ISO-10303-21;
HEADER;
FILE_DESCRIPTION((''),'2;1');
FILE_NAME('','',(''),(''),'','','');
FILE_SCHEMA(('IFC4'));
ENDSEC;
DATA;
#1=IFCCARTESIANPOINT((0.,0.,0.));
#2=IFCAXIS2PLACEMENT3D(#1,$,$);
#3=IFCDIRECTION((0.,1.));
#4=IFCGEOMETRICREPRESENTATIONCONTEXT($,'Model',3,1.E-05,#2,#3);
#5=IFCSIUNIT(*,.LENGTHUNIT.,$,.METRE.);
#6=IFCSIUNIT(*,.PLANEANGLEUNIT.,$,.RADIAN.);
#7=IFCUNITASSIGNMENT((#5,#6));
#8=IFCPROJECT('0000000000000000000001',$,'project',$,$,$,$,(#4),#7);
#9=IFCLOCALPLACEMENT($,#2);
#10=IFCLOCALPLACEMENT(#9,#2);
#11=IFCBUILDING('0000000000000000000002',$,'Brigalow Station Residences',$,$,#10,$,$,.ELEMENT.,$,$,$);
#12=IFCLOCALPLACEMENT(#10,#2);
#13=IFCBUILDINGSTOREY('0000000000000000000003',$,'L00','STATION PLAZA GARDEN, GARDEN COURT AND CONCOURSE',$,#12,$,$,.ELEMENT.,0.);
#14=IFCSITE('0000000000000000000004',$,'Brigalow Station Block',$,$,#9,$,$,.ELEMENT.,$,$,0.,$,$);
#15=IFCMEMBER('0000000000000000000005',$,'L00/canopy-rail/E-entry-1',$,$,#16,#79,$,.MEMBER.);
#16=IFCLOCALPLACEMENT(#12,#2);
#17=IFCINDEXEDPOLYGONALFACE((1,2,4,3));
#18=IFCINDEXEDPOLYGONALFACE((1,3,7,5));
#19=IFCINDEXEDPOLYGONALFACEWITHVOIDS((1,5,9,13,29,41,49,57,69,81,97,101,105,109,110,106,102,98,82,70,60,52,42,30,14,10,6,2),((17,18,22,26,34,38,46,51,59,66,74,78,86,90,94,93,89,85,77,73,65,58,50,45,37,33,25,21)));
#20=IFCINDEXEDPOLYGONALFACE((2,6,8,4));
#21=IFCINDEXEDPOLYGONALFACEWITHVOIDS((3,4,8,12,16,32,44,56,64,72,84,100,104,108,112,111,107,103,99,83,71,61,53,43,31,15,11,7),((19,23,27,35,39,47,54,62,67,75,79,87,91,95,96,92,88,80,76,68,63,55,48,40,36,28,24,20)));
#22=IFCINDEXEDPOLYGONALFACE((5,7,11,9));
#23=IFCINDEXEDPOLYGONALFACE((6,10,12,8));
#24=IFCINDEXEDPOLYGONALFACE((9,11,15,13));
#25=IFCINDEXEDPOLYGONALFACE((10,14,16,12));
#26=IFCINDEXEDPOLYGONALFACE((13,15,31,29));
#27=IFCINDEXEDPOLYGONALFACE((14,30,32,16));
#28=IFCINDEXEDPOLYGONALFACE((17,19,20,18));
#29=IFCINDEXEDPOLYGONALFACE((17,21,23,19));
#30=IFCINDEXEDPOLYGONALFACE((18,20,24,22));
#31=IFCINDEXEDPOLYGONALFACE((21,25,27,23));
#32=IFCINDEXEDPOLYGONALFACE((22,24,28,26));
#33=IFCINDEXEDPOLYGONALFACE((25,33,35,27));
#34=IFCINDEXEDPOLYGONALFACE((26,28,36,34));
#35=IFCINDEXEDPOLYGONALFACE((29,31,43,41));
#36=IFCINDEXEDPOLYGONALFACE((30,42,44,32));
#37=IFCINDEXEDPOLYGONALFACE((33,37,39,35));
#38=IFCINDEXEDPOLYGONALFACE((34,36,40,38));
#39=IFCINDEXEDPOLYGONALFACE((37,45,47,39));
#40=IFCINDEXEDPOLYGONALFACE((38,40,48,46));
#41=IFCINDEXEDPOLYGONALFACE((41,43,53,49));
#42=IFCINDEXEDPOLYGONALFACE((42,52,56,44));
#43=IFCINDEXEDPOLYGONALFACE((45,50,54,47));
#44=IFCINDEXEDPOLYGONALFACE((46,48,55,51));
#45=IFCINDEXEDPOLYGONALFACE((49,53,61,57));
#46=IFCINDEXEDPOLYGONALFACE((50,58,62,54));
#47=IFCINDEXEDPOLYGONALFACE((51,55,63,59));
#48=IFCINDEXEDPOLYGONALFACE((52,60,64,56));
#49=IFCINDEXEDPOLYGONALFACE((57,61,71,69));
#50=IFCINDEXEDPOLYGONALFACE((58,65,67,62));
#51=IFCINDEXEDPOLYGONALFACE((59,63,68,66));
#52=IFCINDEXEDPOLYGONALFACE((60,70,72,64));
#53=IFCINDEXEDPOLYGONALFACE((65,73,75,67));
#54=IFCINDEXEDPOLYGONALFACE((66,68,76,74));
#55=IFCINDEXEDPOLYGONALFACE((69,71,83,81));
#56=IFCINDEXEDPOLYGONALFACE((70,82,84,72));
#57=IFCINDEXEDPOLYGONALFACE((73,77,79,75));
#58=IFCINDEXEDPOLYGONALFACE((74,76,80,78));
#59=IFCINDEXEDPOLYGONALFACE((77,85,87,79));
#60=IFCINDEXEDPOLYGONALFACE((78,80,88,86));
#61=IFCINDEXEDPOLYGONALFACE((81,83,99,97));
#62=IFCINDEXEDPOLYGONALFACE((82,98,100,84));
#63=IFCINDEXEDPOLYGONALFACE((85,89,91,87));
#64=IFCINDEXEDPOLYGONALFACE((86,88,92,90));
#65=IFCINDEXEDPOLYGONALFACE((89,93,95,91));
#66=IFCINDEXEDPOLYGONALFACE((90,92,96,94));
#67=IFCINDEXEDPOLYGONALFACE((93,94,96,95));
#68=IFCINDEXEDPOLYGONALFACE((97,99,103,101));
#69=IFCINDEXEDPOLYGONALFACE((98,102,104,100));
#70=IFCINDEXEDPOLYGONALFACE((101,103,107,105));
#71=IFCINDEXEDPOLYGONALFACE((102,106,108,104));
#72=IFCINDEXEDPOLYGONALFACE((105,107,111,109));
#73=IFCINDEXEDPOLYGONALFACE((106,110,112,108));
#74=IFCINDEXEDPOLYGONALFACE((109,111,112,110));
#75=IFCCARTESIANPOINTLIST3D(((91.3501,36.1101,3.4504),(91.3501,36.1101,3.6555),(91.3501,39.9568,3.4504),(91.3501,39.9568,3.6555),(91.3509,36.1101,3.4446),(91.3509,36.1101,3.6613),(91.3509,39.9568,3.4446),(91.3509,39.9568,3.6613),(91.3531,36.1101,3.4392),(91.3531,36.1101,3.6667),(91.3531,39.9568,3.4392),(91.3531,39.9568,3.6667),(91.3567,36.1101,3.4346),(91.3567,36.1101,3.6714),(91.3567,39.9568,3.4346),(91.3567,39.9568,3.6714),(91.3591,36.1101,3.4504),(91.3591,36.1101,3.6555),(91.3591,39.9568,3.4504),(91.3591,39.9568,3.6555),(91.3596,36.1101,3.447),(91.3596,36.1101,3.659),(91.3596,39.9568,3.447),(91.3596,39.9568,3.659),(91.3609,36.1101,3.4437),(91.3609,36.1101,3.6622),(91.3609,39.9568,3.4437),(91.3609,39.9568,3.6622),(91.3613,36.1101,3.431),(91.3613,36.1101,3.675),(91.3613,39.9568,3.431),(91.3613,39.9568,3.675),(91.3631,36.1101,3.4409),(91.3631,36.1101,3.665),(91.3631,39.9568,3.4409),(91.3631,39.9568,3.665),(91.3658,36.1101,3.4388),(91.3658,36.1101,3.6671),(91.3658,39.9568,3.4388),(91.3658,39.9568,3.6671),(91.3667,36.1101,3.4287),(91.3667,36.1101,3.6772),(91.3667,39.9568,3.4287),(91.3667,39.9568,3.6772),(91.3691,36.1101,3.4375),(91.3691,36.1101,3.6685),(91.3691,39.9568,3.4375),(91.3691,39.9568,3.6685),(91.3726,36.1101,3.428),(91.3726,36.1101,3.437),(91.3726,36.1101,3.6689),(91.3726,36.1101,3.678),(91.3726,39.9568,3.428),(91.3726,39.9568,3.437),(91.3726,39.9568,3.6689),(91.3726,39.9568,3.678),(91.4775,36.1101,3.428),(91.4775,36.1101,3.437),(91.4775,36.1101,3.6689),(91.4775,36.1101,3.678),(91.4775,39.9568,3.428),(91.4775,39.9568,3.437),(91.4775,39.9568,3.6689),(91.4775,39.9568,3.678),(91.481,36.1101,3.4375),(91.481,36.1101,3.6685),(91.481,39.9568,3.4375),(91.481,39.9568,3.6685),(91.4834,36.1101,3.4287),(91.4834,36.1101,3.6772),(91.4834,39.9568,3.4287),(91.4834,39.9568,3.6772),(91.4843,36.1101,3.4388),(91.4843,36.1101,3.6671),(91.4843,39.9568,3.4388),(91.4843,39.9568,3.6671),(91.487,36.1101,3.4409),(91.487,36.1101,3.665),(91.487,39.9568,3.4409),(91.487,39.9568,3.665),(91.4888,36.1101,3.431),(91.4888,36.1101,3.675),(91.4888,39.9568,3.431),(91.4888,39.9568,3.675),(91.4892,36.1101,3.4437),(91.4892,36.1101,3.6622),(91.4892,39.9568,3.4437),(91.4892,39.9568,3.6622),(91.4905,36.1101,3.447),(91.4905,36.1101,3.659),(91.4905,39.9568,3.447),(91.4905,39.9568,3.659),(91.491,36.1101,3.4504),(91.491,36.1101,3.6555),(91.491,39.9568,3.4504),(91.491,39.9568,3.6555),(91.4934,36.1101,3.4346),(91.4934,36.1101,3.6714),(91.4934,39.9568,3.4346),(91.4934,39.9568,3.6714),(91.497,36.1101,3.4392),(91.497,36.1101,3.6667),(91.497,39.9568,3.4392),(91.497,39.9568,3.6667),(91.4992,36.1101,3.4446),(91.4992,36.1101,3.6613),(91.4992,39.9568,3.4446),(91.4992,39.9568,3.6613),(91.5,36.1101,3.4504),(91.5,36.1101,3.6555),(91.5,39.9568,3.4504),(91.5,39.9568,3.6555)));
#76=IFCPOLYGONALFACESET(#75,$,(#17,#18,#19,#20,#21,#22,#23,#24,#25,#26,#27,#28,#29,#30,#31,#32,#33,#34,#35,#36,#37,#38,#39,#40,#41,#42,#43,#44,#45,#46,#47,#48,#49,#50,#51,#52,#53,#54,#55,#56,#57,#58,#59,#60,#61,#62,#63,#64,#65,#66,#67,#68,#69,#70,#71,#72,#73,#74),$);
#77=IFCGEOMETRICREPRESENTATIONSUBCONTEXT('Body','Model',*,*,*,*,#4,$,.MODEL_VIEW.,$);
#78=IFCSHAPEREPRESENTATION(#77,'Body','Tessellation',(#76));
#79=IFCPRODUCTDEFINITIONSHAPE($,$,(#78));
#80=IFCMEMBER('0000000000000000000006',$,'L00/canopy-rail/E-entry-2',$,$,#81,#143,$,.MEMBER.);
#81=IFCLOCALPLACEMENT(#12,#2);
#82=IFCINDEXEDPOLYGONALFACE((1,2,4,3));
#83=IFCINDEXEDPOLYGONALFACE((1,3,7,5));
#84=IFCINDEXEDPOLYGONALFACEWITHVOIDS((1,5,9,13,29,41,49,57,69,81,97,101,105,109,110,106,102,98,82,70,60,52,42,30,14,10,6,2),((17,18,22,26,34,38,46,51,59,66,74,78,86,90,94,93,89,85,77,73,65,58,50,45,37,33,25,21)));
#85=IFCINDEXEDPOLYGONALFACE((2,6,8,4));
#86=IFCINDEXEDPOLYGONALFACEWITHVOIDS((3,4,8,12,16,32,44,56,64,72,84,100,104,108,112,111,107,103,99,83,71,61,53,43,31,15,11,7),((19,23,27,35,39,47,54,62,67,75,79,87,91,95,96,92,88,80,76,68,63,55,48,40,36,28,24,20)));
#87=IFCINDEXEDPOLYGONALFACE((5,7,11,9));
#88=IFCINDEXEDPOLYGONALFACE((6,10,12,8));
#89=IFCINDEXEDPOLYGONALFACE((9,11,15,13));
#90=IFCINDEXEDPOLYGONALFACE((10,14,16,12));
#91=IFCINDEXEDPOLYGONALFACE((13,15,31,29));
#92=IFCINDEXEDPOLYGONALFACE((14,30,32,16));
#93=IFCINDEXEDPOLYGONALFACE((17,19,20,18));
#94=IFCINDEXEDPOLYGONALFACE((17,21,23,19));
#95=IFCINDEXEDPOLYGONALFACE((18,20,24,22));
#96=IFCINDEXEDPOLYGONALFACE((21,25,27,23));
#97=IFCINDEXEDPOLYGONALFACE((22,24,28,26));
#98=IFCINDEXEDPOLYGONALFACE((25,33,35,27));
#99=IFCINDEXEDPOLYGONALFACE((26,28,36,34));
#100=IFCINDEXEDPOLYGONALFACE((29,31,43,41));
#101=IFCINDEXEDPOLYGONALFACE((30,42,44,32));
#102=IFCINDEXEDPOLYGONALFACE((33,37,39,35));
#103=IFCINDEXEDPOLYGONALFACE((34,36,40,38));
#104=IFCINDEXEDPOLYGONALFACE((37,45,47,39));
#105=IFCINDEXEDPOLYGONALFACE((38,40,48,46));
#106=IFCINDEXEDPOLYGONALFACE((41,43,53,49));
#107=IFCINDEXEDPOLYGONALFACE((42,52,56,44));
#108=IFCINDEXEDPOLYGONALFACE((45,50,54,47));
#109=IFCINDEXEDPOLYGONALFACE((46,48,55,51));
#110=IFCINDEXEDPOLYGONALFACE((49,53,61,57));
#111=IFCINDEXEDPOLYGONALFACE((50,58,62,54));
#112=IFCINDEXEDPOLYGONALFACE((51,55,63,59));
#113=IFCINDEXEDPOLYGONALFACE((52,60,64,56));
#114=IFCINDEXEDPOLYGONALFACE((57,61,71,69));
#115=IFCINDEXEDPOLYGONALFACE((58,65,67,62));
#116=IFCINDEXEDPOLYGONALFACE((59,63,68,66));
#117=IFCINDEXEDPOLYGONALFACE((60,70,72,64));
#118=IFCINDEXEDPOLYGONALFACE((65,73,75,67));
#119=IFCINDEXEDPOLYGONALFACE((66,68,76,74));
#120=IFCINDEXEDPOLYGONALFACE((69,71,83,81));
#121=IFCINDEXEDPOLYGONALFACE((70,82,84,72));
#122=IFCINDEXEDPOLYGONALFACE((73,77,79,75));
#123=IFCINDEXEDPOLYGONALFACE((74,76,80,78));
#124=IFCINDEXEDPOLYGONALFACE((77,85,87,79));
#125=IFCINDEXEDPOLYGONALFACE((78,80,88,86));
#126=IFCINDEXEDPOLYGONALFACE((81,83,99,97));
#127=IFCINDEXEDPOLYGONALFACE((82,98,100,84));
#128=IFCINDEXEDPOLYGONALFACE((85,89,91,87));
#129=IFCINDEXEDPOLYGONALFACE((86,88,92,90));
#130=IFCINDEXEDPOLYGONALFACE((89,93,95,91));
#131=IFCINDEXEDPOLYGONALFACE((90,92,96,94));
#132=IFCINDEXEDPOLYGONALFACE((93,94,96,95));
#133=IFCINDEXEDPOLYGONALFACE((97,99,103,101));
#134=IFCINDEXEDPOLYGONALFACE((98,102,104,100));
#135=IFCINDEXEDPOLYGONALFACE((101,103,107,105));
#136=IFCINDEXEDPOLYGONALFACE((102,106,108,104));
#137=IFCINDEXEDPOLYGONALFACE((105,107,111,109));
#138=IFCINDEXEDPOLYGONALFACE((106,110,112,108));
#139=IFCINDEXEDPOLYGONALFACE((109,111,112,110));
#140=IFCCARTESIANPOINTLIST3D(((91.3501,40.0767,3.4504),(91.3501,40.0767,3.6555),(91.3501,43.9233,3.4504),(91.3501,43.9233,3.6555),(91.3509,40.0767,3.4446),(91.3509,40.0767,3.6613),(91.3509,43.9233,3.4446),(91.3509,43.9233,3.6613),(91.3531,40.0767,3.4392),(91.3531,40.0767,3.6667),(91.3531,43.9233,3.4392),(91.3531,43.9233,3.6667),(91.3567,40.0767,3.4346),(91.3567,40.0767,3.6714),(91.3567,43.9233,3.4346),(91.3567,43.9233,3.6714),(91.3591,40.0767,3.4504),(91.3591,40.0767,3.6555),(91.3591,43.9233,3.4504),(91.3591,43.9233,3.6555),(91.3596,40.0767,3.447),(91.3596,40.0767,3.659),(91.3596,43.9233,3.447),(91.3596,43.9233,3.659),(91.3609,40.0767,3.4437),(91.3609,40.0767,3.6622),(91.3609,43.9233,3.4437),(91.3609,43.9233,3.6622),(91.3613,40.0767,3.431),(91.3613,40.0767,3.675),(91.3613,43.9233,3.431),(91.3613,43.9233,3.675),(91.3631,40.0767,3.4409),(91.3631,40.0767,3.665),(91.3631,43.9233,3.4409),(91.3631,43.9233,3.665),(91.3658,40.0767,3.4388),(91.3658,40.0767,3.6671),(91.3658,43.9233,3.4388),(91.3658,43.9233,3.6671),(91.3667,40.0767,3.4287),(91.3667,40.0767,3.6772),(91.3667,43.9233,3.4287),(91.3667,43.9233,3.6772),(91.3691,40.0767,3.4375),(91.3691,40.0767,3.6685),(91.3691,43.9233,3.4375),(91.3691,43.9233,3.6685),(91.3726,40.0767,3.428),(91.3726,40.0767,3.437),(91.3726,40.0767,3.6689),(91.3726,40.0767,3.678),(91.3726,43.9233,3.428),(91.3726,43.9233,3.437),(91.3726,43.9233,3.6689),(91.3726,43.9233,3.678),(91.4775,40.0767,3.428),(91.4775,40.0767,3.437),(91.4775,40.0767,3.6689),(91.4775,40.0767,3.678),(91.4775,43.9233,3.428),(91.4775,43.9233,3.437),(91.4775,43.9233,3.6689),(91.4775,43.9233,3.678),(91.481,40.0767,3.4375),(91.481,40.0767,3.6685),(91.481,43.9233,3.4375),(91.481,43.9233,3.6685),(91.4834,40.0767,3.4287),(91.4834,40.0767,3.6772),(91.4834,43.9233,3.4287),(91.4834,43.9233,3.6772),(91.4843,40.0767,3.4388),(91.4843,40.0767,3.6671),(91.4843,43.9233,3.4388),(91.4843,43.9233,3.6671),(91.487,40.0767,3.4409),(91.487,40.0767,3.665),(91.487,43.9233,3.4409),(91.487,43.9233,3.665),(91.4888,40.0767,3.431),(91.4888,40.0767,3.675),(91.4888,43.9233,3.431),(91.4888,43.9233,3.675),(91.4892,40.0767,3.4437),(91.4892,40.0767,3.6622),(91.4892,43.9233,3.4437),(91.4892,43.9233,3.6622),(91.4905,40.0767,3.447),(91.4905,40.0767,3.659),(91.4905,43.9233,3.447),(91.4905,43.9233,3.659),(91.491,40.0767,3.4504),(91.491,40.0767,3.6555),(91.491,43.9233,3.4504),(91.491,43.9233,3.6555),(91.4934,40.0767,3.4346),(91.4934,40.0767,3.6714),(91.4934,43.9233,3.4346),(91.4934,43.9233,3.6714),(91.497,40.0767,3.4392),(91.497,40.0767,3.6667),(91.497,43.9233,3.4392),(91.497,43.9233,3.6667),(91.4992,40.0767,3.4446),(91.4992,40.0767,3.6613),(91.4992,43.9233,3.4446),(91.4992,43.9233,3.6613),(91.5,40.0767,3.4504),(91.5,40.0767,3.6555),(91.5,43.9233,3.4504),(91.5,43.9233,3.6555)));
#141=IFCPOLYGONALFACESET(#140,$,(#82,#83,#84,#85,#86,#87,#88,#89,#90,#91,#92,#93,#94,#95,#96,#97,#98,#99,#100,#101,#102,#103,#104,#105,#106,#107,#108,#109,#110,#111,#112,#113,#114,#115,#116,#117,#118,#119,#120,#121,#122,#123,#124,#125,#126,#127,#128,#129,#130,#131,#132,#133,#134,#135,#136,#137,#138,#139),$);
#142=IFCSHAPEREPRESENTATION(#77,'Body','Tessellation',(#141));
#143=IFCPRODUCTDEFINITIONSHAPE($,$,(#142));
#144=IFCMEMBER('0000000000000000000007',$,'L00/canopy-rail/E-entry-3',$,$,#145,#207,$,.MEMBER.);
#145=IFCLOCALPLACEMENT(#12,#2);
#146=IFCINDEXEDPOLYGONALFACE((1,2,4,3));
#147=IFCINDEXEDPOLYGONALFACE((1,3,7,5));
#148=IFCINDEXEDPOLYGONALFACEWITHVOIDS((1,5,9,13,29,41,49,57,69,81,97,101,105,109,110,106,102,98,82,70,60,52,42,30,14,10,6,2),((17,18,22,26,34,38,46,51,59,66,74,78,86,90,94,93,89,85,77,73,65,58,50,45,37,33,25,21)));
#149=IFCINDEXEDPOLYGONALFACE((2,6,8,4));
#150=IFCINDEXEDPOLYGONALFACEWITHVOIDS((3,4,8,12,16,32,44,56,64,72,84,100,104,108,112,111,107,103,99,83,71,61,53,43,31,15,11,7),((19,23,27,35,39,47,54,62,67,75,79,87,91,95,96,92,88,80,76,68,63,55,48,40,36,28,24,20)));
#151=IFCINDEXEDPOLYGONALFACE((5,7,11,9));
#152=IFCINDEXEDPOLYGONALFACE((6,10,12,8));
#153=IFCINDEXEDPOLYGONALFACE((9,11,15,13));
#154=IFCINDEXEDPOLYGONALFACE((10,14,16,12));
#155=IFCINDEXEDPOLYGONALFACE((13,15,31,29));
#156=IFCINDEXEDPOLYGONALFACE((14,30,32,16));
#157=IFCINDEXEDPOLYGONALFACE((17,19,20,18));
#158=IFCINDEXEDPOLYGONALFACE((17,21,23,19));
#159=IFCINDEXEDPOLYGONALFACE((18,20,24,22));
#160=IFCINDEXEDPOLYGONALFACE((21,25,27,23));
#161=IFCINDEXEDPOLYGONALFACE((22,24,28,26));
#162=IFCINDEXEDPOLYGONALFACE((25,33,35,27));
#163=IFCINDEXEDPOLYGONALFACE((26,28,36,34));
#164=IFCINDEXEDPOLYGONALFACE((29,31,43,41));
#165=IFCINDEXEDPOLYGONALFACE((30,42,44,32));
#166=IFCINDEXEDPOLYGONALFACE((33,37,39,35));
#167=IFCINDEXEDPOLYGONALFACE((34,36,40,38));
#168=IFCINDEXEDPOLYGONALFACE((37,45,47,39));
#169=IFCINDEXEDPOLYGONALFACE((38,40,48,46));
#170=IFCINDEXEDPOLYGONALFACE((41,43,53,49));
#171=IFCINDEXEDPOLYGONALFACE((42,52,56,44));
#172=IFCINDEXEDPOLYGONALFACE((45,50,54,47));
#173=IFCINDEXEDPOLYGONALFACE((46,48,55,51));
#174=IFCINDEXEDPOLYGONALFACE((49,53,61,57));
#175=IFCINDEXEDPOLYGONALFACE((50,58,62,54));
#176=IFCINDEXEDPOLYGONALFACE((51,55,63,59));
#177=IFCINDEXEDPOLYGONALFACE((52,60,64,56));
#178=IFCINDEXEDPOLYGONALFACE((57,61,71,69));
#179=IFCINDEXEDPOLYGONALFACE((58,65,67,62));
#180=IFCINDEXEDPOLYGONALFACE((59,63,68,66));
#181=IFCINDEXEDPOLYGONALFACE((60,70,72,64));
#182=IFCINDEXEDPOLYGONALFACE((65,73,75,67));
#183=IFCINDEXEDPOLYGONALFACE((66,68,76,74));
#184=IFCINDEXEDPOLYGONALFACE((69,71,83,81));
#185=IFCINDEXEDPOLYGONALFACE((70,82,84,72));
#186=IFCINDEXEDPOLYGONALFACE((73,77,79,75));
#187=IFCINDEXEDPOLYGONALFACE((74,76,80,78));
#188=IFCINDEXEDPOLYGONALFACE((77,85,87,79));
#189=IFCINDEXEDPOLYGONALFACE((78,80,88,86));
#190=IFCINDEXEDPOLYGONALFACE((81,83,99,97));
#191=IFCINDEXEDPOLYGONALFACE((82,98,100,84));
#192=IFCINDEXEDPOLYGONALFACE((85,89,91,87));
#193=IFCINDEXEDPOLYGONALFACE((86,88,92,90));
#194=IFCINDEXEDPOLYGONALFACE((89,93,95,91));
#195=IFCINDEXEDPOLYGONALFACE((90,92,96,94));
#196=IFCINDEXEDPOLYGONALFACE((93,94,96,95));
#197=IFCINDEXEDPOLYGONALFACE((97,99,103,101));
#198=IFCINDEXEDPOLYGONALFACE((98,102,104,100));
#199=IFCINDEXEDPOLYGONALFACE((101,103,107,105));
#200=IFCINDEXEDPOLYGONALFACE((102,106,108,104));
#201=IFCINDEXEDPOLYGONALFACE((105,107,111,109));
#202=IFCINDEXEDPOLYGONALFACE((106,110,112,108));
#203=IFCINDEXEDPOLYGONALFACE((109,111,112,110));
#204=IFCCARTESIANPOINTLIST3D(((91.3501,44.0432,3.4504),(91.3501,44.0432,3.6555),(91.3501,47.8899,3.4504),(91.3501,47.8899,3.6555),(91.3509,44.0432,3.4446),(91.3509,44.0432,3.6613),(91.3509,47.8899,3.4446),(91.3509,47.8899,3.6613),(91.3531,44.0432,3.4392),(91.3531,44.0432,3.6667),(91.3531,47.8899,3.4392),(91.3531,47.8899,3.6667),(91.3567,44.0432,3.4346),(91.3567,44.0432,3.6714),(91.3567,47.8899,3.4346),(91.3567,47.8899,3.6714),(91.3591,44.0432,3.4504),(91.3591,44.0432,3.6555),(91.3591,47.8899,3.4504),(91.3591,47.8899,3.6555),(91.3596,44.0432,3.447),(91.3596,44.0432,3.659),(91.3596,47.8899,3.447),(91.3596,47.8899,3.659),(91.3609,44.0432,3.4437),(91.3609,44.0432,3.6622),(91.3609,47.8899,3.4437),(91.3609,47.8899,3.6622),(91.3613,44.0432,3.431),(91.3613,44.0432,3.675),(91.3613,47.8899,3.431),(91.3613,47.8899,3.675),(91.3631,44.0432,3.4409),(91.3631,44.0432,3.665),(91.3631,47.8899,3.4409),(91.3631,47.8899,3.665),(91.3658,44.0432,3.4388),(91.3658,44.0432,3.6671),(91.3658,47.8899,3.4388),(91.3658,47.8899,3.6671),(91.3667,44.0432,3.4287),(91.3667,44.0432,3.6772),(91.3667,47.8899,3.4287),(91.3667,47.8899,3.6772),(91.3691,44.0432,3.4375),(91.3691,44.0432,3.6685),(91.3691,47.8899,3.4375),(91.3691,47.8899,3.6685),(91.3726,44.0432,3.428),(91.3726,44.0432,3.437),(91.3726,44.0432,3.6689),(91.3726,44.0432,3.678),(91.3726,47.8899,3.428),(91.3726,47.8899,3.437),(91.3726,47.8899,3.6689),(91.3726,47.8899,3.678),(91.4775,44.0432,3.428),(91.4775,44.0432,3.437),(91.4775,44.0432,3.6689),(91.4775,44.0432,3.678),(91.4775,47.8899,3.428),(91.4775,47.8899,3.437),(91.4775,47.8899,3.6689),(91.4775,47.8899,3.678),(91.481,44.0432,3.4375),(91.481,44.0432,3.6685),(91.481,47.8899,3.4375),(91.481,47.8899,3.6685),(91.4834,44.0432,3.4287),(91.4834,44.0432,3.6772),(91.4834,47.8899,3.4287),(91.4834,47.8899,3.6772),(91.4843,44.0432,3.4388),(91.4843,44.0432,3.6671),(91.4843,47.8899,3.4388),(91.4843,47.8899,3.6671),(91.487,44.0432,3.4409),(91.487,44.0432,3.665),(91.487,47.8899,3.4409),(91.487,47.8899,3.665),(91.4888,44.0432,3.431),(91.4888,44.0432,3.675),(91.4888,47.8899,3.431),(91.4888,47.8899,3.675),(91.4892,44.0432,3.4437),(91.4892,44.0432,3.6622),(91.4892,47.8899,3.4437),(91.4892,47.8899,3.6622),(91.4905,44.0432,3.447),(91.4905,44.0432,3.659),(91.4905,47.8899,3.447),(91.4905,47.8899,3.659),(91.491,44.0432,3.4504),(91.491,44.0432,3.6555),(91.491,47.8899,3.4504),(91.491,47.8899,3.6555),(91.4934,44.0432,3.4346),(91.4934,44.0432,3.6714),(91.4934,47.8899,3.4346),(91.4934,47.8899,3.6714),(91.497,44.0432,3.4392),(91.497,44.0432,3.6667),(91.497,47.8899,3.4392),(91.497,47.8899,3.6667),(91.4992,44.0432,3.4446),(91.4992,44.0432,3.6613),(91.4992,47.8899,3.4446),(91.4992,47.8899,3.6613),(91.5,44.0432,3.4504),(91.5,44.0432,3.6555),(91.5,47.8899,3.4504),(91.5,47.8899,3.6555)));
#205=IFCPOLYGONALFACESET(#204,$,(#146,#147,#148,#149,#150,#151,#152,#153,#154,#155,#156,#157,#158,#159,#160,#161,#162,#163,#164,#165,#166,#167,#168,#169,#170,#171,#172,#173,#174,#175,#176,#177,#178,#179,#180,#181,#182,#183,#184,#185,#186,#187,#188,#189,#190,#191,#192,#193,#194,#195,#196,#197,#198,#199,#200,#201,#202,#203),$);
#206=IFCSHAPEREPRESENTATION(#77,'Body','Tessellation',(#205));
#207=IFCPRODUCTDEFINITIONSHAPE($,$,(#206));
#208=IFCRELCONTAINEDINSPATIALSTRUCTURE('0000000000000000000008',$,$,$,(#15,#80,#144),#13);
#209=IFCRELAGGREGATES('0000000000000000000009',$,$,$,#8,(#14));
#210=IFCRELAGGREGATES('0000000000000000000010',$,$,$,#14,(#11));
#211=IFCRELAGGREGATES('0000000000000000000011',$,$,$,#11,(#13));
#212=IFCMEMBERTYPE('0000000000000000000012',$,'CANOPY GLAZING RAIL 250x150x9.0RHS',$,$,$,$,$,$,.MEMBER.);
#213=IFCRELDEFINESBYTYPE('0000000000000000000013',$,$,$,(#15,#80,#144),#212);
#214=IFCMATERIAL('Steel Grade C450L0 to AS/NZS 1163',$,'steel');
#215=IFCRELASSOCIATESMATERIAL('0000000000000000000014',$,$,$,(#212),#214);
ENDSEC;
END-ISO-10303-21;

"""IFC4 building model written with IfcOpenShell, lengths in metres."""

from ifc_helpers import new_model, si_unit, direction, frame, origin, origin_2d, place, context, subcontext, project, spatial, hollow_rectangle, extrude, material, material_profile, profile_set, type_object, element, save


model = new_model("IFC4")

# Units and contexts
model_context = context("Model", 3, precision=1e-05, world=origin(), true_north=direction((0.0, 1.0)))
body_context = subcontext(model_context, "Body", "Model", "MODEL_VIEW")
ifc_project = project(units=[si_unit("LENGTHUNIT", "METRE"), si_unit("PLANEANGLEUNIT", "RADIAN")], contexts=[model_context])

# Site, building, storey
site_placement = place(None, origin())
site = spatial("IfcSite", under=ifc_project, at=site_placement, Name="Brigalow Station Block", CompositionType="ELEMENT", RefElevation=0.0)
building_placement = place(site_placement, origin())
building = spatial("IfcBuilding", under=site, at=building_placement, Name="Brigalow Station Residences", CompositionType="ELEMENT")
storey_placement = place(building_placement, origin())
storey = spatial("IfcBuildingStorey", under=building, at=storey_placement, Name="L00", Description="STATION PLAZA GARDEN, GARDEN COURT AND CONCOURSE", CompositionType="ELEMENT", Elevation=0.0)

# Members
ifc_material_1 = material(Name="Steel Grade C450L0 to AS/NZS 1163", Category="steel")
ifc_material_profile_1 = material_profile(ifc_material_1, hollow_rectangle(XDim=0.1499, YDim=0.25, WallThickness=0.009, InnerFilletRadius=0.0134, OuterFilletRadius=0.0225, at=origin_2d()), Name="250x150x9.0RHS")
ifc_profile_set_1 = profile_set([ifc_material_profile_1], Name="Steel Grade C450L0 to AS/NZS 1163")
member_type = type_object("IfcMemberType", Name="CANOPY GLAZING RAIL 250x150x9.0RHS", PredefinedType="MEMBER", material=ifc_profile_set_1)
for number, where, z_axis, x_axis, name in (
    (1, (91.425, 36.1101, 3.553), (0.0, 1.0, 0.0), (-1.0, 0.0, 0.0), "L00/canopy-rail/E-entry-1"),
    (2, (91.425, 40.0767, 3.553), (0.0, 1.0, 0.0), (-1.0, 0.0, 0.0), "L00/canopy-rail/E-entry-2"),
    (3, (91.425, 44.0432, 3.553), (0.0, 1.0, 0.0), (-1.0, 0.0, 0.0), "L00/canopy-rail/E-entry-3"),
):
    element("IfcMember", number, at=place(storey_placement, frame(where, z_axis=z_axis, x_axis=x_axis)), inside=storey, type_object=member_type, Name=name, PredefinedType="MEMBER", context=body_context, shape_type="SweptSolid", body=[
        extrude(hollow_rectangle(XDim=0.1499, YDim=0.25, WallThickness=0.009, InnerFilletRadius=0.0134, OuterFilletRadius=0.0225, at=origin_2d()), origin(), (0.0, 0.0, 1.0), 3.8467),
    ])

save(model, "model.ifc")
